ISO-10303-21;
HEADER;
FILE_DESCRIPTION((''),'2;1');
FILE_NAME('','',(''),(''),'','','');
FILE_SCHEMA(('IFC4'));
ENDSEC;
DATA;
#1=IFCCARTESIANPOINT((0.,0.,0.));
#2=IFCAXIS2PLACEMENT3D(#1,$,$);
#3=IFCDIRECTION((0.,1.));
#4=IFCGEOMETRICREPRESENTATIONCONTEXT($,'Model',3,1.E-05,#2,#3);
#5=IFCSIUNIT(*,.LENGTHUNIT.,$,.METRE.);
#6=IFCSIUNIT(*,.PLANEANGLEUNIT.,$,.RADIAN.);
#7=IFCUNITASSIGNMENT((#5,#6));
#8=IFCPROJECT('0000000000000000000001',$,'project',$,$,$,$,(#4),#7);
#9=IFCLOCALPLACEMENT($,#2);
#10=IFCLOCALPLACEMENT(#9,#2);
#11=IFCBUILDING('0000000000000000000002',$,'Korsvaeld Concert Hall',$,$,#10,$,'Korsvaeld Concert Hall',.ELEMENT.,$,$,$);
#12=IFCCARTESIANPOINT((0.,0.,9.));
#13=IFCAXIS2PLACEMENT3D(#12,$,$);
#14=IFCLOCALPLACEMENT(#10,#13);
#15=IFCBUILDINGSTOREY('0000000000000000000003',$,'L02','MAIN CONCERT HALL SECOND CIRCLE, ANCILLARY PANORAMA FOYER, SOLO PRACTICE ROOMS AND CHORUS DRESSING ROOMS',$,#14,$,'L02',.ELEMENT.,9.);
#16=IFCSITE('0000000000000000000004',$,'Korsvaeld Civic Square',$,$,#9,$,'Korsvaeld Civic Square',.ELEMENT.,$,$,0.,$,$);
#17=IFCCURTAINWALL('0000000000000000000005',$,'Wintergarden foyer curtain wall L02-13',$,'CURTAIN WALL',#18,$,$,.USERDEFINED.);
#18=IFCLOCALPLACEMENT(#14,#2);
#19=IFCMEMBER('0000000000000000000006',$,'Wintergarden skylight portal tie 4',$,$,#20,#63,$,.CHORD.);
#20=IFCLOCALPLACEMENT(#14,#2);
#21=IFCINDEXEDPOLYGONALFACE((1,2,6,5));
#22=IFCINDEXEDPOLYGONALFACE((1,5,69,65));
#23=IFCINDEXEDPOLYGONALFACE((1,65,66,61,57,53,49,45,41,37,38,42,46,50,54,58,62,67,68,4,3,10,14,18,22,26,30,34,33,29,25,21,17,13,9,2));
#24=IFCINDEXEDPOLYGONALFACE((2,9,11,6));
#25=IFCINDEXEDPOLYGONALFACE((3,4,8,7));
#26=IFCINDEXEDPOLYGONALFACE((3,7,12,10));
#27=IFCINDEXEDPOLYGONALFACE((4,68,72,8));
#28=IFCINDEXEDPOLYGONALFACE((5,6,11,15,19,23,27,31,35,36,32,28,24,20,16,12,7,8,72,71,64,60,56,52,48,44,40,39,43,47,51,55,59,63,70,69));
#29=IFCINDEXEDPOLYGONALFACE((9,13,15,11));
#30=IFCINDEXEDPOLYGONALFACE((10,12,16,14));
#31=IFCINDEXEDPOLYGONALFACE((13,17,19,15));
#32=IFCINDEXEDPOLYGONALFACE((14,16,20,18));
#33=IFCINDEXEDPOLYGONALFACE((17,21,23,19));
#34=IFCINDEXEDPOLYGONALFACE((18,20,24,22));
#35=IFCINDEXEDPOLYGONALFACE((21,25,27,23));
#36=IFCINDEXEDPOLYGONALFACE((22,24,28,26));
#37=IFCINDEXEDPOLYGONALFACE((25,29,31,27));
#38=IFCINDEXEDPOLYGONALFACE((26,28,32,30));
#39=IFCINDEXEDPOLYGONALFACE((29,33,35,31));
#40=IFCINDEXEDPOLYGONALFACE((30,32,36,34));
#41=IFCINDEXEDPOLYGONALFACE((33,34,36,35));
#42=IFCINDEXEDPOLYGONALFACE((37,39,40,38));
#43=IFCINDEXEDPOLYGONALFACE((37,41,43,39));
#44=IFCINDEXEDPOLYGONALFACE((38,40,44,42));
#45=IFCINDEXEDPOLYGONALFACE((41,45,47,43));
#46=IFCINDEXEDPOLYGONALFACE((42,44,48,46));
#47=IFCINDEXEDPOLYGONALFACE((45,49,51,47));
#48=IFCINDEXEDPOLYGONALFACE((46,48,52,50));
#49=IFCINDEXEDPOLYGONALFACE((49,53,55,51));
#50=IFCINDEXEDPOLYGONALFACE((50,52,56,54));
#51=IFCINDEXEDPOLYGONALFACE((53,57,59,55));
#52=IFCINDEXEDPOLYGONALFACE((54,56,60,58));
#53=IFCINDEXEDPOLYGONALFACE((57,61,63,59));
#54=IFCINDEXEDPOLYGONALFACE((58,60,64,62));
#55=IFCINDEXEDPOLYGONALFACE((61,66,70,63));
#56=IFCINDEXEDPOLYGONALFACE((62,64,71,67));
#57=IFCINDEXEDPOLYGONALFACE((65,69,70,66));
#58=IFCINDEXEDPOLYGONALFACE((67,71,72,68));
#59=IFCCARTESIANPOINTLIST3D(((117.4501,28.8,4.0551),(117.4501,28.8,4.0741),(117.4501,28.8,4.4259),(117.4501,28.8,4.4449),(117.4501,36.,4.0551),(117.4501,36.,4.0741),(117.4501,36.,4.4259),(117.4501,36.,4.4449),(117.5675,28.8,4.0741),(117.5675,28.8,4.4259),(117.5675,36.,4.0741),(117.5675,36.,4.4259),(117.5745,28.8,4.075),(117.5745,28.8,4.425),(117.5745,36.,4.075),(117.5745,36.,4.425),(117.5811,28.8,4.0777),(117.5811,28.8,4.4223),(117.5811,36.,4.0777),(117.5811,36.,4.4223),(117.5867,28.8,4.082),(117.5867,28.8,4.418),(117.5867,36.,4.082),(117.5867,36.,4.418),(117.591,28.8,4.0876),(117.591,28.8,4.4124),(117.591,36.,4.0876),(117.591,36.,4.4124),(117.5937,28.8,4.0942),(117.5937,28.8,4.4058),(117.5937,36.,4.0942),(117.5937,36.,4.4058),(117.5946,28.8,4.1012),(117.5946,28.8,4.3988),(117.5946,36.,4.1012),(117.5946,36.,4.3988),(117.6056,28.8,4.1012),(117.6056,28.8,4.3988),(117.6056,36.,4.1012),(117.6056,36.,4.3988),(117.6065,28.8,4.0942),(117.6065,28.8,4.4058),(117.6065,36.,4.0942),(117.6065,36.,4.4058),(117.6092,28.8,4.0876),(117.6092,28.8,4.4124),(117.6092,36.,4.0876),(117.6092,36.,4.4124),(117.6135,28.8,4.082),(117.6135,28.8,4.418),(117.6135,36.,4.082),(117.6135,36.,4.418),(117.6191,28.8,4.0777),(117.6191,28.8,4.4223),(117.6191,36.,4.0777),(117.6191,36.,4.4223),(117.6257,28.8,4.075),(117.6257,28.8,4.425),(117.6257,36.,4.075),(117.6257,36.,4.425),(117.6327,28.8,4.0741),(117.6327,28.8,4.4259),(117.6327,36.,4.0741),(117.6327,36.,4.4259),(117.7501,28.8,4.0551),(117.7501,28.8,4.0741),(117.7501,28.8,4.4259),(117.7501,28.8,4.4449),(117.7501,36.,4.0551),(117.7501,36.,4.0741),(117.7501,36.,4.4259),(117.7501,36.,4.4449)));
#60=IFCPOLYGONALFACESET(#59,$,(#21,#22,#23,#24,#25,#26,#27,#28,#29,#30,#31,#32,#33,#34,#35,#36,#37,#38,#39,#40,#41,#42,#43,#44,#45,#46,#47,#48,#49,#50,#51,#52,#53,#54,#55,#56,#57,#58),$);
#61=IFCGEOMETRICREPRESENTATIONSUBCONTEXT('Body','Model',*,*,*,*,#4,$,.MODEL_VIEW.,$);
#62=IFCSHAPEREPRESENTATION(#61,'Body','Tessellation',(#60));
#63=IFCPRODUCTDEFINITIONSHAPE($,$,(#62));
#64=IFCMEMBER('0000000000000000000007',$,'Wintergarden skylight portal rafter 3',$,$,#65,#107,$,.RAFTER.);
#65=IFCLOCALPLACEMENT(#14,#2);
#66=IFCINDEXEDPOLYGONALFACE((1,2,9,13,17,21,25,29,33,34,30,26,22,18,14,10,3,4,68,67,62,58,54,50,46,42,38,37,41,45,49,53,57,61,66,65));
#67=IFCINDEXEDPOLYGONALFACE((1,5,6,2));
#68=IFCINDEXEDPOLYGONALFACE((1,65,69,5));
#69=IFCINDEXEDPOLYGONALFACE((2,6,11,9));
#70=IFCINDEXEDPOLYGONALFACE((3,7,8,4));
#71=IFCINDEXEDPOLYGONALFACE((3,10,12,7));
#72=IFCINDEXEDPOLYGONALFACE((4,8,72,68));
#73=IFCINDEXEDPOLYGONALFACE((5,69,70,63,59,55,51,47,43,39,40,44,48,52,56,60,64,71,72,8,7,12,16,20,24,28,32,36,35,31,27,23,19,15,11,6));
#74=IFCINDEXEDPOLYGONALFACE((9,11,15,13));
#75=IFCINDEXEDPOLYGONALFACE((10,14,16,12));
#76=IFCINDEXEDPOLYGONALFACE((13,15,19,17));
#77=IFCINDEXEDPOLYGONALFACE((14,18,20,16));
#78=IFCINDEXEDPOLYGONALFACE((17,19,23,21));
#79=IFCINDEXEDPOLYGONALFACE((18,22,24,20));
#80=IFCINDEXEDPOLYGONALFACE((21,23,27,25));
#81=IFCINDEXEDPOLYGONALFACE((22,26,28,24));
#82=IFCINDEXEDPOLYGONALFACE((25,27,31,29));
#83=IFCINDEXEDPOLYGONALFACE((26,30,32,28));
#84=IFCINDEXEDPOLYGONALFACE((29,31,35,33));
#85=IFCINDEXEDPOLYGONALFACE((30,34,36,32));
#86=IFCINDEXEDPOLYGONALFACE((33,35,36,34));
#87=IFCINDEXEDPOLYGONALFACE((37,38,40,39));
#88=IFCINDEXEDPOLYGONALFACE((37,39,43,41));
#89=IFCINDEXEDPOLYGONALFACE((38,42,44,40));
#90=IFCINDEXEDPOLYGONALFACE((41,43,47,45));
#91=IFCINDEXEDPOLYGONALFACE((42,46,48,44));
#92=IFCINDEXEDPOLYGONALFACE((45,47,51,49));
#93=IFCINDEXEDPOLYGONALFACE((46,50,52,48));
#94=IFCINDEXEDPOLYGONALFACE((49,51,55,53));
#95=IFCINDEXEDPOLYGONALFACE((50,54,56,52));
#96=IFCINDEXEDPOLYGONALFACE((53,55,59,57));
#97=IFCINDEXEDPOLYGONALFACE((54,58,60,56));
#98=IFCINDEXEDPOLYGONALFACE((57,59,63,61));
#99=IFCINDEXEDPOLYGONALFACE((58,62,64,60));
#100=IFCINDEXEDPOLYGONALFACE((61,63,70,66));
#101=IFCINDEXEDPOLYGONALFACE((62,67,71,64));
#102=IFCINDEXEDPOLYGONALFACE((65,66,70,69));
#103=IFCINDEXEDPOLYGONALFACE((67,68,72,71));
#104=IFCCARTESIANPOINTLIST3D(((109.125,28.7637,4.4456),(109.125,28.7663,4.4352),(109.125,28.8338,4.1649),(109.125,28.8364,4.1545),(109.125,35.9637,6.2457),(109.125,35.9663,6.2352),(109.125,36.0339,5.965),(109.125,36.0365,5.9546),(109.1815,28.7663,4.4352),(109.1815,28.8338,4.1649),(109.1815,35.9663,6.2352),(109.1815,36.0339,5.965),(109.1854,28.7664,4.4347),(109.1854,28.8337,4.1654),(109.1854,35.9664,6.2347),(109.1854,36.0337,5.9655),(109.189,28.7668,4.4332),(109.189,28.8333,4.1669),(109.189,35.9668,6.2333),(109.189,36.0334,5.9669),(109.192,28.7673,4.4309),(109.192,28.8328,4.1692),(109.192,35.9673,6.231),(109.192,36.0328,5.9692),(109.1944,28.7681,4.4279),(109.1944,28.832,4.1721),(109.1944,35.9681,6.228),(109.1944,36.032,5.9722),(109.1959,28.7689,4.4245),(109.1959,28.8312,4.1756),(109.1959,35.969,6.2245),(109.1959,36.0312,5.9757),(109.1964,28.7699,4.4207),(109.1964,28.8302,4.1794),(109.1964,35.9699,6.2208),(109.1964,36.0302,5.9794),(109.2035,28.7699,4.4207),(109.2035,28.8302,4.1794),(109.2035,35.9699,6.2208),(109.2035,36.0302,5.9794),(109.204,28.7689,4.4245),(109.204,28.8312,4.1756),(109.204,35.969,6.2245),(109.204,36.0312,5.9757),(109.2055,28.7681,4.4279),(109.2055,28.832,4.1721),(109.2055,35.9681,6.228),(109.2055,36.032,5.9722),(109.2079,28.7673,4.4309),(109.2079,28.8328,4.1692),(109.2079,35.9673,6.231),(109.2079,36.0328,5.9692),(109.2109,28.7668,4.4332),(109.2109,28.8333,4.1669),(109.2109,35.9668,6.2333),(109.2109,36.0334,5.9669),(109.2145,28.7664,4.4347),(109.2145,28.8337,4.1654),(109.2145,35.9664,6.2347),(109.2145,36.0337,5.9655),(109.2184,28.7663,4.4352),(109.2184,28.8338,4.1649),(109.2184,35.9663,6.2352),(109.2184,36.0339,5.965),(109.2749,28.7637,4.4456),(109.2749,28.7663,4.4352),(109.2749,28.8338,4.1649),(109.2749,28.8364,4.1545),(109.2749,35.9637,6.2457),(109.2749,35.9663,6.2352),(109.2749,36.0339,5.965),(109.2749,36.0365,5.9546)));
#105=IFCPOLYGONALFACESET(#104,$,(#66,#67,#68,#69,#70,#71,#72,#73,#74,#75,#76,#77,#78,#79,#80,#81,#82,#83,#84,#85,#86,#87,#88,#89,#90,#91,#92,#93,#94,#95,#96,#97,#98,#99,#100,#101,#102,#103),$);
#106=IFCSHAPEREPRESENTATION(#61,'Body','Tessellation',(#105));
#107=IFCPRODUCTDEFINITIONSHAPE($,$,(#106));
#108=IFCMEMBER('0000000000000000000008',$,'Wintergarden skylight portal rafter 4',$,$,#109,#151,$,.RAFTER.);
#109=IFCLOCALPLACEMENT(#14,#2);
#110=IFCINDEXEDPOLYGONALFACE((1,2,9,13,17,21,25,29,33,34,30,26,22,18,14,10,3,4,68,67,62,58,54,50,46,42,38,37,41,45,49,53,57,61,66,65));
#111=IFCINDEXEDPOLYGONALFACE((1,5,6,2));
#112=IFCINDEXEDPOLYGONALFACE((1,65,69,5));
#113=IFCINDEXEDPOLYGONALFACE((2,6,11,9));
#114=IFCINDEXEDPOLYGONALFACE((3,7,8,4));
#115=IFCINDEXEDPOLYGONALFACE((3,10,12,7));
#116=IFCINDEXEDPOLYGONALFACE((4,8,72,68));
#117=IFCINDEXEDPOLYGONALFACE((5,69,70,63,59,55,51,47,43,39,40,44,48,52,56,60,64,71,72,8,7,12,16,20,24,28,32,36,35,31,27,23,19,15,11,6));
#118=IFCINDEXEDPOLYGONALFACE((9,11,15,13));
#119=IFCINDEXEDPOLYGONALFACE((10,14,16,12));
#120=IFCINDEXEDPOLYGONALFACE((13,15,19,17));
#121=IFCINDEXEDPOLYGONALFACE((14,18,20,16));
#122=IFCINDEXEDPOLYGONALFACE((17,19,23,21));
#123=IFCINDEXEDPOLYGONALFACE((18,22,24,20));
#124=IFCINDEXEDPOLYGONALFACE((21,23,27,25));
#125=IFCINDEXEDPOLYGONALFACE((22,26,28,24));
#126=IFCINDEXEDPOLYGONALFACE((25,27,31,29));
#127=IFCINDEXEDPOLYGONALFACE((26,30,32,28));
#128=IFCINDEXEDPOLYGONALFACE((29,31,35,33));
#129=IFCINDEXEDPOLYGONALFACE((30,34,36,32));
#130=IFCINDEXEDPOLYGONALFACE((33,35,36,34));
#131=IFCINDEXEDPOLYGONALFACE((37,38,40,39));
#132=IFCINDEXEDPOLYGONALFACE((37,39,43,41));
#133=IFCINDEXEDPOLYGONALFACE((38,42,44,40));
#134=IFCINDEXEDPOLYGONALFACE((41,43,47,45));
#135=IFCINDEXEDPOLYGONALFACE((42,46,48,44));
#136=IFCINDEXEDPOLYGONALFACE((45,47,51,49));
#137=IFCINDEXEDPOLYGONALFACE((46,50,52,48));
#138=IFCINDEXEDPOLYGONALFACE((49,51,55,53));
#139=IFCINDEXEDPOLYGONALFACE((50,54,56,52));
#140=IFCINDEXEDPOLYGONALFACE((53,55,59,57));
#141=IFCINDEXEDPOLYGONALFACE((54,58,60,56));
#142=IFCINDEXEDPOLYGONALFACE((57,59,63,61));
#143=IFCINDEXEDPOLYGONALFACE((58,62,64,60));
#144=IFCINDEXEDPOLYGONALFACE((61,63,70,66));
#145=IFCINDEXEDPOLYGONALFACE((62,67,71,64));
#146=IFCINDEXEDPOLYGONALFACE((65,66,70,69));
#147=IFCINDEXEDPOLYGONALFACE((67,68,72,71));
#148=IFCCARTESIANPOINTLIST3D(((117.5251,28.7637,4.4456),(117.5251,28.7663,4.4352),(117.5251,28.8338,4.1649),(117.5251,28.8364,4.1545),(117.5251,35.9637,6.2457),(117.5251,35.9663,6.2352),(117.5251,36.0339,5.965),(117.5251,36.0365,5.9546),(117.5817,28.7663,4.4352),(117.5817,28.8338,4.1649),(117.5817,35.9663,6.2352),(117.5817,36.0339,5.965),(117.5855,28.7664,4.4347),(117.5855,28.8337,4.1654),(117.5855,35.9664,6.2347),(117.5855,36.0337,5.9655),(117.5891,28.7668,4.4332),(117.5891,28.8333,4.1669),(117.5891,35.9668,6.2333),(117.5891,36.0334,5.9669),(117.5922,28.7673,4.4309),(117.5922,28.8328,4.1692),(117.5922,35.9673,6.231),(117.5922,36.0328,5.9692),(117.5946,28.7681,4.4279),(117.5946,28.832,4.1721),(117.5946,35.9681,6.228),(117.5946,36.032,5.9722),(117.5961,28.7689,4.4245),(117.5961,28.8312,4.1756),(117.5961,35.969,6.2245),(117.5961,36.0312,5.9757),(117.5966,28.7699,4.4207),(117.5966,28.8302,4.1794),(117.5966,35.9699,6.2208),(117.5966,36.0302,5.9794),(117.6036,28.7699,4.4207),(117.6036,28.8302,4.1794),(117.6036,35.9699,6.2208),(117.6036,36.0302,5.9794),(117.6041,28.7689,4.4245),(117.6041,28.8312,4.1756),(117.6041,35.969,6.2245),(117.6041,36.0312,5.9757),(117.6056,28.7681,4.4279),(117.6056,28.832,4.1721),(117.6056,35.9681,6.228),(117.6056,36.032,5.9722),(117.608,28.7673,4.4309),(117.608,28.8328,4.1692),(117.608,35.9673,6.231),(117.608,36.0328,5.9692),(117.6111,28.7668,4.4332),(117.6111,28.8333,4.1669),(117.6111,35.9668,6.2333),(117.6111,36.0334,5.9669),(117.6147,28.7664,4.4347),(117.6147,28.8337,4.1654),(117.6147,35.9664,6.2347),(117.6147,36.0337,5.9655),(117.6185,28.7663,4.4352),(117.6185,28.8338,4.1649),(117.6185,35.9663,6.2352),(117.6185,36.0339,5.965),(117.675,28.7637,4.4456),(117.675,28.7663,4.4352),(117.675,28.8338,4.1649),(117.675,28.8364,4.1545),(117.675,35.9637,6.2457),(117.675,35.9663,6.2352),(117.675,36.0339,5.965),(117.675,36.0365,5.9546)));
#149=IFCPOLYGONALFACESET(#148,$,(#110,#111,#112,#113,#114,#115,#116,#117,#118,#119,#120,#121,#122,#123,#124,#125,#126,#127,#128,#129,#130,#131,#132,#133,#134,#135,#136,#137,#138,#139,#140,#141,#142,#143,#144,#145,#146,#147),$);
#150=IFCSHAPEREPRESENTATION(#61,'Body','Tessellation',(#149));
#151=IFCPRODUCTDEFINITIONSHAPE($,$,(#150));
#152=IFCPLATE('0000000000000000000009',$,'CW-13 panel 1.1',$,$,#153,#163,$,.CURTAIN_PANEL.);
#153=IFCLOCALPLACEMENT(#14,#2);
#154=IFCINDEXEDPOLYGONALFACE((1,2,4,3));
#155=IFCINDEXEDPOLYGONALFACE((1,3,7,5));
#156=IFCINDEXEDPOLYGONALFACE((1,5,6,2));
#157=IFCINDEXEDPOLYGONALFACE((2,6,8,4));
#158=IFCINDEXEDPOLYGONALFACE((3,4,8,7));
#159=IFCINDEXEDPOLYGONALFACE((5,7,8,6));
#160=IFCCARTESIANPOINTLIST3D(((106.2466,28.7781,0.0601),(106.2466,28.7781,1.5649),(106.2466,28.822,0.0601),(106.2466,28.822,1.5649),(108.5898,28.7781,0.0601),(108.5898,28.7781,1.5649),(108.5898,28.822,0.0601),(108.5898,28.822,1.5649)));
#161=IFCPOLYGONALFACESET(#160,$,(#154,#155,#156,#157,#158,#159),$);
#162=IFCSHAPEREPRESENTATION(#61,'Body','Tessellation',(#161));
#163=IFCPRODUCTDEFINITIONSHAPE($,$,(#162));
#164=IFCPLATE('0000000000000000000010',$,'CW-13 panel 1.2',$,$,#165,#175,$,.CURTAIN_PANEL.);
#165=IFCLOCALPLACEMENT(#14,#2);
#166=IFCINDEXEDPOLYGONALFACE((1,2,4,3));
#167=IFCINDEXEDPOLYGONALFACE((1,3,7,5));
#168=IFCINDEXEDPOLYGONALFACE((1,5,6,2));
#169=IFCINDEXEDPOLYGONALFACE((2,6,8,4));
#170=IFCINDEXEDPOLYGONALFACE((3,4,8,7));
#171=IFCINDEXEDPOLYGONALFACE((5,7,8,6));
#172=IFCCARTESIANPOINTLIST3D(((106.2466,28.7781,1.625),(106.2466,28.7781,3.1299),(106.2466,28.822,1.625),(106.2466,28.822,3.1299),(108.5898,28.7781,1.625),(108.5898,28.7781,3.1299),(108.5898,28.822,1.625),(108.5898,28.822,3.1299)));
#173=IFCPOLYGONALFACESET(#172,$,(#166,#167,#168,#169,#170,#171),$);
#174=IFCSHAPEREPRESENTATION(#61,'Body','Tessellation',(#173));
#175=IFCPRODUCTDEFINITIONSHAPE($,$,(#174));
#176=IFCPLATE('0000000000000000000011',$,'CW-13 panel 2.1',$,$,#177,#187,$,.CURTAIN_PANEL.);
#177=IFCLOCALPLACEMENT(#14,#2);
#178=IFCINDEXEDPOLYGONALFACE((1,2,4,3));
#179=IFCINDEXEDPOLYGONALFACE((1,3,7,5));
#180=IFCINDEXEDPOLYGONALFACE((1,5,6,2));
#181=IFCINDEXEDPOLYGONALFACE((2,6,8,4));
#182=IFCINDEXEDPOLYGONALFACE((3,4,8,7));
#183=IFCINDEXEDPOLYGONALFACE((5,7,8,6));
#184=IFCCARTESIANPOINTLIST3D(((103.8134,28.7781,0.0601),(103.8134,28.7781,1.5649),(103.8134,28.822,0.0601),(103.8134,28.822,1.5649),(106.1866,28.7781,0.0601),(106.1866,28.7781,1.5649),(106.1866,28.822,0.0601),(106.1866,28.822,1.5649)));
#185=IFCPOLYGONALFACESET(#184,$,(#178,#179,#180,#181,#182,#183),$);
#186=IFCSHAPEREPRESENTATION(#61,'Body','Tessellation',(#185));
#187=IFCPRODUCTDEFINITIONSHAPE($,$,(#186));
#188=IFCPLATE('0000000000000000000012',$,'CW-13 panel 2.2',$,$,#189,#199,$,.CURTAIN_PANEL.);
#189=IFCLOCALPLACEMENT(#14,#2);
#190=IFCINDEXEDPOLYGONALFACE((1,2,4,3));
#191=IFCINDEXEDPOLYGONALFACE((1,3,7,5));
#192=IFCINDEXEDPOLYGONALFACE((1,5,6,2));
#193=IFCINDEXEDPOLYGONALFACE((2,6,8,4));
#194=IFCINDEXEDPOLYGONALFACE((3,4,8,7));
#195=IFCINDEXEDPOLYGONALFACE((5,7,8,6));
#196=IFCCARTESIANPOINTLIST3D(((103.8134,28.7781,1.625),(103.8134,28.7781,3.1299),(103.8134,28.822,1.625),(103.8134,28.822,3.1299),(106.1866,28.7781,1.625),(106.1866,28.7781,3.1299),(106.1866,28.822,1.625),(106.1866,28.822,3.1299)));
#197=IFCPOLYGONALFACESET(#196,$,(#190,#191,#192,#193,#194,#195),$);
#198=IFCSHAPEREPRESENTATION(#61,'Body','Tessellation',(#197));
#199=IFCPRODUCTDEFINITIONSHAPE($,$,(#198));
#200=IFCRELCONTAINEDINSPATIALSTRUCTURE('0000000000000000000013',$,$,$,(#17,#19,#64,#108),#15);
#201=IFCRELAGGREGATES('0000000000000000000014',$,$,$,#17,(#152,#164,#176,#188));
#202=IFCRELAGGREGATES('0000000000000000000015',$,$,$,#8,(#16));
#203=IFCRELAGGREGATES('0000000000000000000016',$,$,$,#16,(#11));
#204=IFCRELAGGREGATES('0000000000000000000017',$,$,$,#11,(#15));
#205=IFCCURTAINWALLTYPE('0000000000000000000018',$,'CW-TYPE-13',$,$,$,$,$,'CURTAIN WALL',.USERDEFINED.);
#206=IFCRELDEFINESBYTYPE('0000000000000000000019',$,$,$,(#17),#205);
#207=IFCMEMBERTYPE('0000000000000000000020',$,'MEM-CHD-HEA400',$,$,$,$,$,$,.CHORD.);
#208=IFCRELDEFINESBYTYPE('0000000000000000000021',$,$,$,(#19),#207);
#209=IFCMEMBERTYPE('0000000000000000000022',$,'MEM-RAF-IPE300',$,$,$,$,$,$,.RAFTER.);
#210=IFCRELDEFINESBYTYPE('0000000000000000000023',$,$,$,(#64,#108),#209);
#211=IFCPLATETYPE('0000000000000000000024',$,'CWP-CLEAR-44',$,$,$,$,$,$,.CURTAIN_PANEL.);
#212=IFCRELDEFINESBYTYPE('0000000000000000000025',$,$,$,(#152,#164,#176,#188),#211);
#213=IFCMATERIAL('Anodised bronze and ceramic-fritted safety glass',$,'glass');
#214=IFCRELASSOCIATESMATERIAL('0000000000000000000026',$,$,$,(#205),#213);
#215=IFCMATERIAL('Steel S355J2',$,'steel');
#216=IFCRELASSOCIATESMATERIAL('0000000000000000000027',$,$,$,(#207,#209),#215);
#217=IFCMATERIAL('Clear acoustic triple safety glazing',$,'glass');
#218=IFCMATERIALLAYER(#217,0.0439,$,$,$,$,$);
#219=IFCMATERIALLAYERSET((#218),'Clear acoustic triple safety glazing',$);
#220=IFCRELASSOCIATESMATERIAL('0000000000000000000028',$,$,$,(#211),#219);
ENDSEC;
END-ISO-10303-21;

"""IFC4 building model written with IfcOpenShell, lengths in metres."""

from ifc_helpers import new_model, si_unit, direction, frame, origin, origin_2d, place, context, subcontext, project, spatial, rectangle, i_section, extrude, material, layer, layer_set, material_profile, profile_set, type_object, element, aggregate, save


model = new_model("IFC4")

# Units and contexts
model_context = context("Model", 3, precision=1e-05, world=origin(), true_north=direction((0.0, 1.0)))
body_context = subcontext(model_context, "Body", "Model", "MODEL_VIEW")
ifc_project = project(units=[si_unit("LENGTHUNIT", "METRE"), si_unit("PLANEANGLEUNIT", "RADIAN")], contexts=[model_context])

# Site, building, storey
site_placement = place(None, origin())
site = spatial("IfcSite", under=ifc_project, at=site_placement, Name="Korsvaeld Civic Square", LongName="Korsvaeld Civic Square", CompositionType="ELEMENT", RefElevation=0.0)
building_placement = place(site_placement, origin())
building = spatial("IfcBuilding", under=site, at=building_placement, Name="Korsvaeld Concert Hall", LongName="Korsvaeld Concert Hall", CompositionType="ELEMENT")
storey_placement = place(building_placement, frame((0.0, 0.0, 9.0)))
storey = spatial("IfcBuildingStorey", under=building, at=storey_placement, Name="L02", Description="MAIN CONCERT HALL SECOND CIRCLE, ANCILLARY PANORAMA FOYER, SOLO PRACTICE ROOMS AND CHORUS DRESSING ROOMS", LongName="L02", CompositionType="ELEMENT", Elevation=9.0)

# Shared definitions
ifc_material_1 = material(Name="Steel S355J2", Category="steel")

# Curtain wall
ifc_material_2 = material(Name="Anodised bronze and ceramic-fritted safety glass", Category="glass")
curtain_wall_type = type_object("IfcCurtainWallType", Name="CW-TYPE-13", ElementType="CURTAIN WALL", PredefinedType="USERDEFINED", material=ifc_material_2)
curtain_wall_placement = place(storey_placement, origin())
curtain_wall = element("IfcCurtainWall", 1, at=curtain_wall_placement, inside=storey, type_object=curtain_wall_type, Name="Wintergarden foyer curtain wall L02-13", ObjectType="CURTAIN WALL", PredefinedType="USERDEFINED")

# Members
ifc_material_profile_1 = material_profile(ifc_material_1, i_section(OverallWidth=0.3, OverallDepth=0.3899, WebThickness=0.011, FlangeThickness=0.019, FilletRadius=0.0271, at=origin_2d()), Name="HEA 400")
ifc_profile_set_1 = profile_set([ifc_material_profile_1], Name="Steel S355J2")
member_type_1 = type_object("IfcMemberType", Name="MEM-CHD-HEA400", PredefinedType="CHORD", material=ifc_profile_set_1)
member_1_placement = place(storey_placement, frame((117.6001, 28.8, 4.25), z_axis=(0.0, 1.0, 0.0), x_axis=(-1.0, 0.0, 0.0)))
element("IfcMember", 2, at=member_1_placement, inside=storey, type_object=member_type_1, Name="Wintergarden skylight portal tie 4", PredefinedType="CHORD", context=body_context, shape_type="SweptSolid", body=[
    extrude(i_section(OverallWidth=0.3, OverallDepth=0.3899, WebThickness=0.011, FlangeThickness=0.019, FilletRadius=0.0271, at=origin_2d()), origin(), (0.0, 0.0, 1.0), 7.2),
])
ifc_material_profile_2 = material_profile(ifc_material_1, i_section(OverallWidth=0.1499, OverallDepth=0.3, WebThickness=0.0071, FlangeThickness=0.0107, FilletRadius=0.0149, at=origin_2d()), Name="IPE 300")
ifc_profile_set_2 = profile_set([ifc_material_profile_2], Name="Steel S355J2")
member_type_2 = type_object("IfcMemberType", Name="MEM-RAF-IPE300", PredefinedType="RAFTER", material=ifc_profile_set_2)
for number, where, z_axis, x_axis, name in (
    (3, (109.2, 28.8, 4.3), (0.0, 0.970141, 0.242543), (-1.0, 0.0, 0.0), "Wintergarden skylight portal rafter 3"),
    (4, (117.6001, 28.8, 4.3), (0.0, 0.970141, 0.242543), (-1.0, 0.0, 0.0), "Wintergarden skylight portal rafter 4"),
):
    element("IfcMember", number, at=place(storey_placement, frame(where, z_axis=z_axis, x_axis=x_axis)), inside=storey, type_object=member_type_2, Name=name, PredefinedType="RAFTER", context=body_context, shape_type="SweptSolid", body=[
        extrude(i_section(OverallWidth=0.1499, OverallDepth=0.3, WebThickness=0.0071, FlangeThickness=0.0107, FilletRadius=0.0149, at=origin_2d()), origin(), (0.0, 0.0, 1.0), 7.4216),
    ])

# Plates
ifc_material_3 = material(Name="Clear acoustic triple safety glazing", Category="glass")
ifc_layer_1 = layer(ifc_material_3, 0.0439)
ifc_layer_set_1 = layer_set([ifc_layer_1], Name="Clear acoustic triple safety glazing")
plate_type = type_object("IfcPlateType", Name="CWP-CLEAR-44", PredefinedType="CURTAIN_PANEL", material=ifc_layer_set_1)
plate_1_placement = place(storey_placement, frame((107.4182, 28.8, 0.0601), z_axis=(0.0, 0.0, 1.0), x_axis=(-1.0, 0.0, 0.0)))
plate_1 = element("IfcPlate", 5, at=plate_1_placement, type_object=plate_type, Name="CW-13 panel 1.1", PredefinedType="CURTAIN_PANEL", context=body_context, shape_type="SweptSolid", body=[
    extrude(rectangle(XDim=2.3433, YDim=0.0439, at=origin_2d()), origin(), (0.0, 0.0, 1.0), 1.5049),
])
plate_2_placement = place(storey_placement, frame((107.4182, 28.8, 1.625), z_axis=(0.0, 0.0, 1.0), x_axis=(-1.0, 0.0, 0.0)))
plate_2 = element("IfcPlate", 6, at=plate_2_placement, type_object=plate_type, Name="CW-13 panel 1.2", PredefinedType="CURTAIN_PANEL", context=body_context, shape_type="SweptSolid", body=[
    extrude(rectangle(XDim=2.3433, YDim=0.0439, at=origin_2d()), origin(), (0.0, 0.0, 1.0), 1.5049),
])
plate_3_placement = place(storey_placement, frame((105.0, 28.8, 0.0601), z_axis=(0.0, 0.0, 1.0), x_axis=(-1.0, 0.0, 0.0)))
plate_3 = element("IfcPlate", 7, at=plate_3_placement, type_object=plate_type, Name="CW-13 panel 2.1", PredefinedType="CURTAIN_PANEL", context=body_context, shape_type="SweptSolid", body=[
    extrude(rectangle(XDim=2.3733, YDim=0.0439, at=origin_2d()), origin(), (0.0, 0.0, 1.0), 1.5049),
])
plate_4_placement = place(storey_placement, frame((105.0, 28.8, 1.625), z_axis=(0.0, 0.0, 1.0), x_axis=(-1.0, 0.0, 0.0)))
plate_4 = element("IfcPlate", 8, at=plate_4_placement, type_object=plate_type, Name="CW-13 panel 2.2", PredefinedType="CURTAIN_PANEL", context=body_context, shape_type="SweptSolid", body=[
    extrude(rectangle(XDim=2.3733, YDim=0.0439, at=origin_2d()), origin(), (0.0, 0.0, 1.0), 1.5049),
])
aggregate(curtain_wall, [plate_1, plate_2, plate_3, plate_4])

save(model, "model.ifc")
